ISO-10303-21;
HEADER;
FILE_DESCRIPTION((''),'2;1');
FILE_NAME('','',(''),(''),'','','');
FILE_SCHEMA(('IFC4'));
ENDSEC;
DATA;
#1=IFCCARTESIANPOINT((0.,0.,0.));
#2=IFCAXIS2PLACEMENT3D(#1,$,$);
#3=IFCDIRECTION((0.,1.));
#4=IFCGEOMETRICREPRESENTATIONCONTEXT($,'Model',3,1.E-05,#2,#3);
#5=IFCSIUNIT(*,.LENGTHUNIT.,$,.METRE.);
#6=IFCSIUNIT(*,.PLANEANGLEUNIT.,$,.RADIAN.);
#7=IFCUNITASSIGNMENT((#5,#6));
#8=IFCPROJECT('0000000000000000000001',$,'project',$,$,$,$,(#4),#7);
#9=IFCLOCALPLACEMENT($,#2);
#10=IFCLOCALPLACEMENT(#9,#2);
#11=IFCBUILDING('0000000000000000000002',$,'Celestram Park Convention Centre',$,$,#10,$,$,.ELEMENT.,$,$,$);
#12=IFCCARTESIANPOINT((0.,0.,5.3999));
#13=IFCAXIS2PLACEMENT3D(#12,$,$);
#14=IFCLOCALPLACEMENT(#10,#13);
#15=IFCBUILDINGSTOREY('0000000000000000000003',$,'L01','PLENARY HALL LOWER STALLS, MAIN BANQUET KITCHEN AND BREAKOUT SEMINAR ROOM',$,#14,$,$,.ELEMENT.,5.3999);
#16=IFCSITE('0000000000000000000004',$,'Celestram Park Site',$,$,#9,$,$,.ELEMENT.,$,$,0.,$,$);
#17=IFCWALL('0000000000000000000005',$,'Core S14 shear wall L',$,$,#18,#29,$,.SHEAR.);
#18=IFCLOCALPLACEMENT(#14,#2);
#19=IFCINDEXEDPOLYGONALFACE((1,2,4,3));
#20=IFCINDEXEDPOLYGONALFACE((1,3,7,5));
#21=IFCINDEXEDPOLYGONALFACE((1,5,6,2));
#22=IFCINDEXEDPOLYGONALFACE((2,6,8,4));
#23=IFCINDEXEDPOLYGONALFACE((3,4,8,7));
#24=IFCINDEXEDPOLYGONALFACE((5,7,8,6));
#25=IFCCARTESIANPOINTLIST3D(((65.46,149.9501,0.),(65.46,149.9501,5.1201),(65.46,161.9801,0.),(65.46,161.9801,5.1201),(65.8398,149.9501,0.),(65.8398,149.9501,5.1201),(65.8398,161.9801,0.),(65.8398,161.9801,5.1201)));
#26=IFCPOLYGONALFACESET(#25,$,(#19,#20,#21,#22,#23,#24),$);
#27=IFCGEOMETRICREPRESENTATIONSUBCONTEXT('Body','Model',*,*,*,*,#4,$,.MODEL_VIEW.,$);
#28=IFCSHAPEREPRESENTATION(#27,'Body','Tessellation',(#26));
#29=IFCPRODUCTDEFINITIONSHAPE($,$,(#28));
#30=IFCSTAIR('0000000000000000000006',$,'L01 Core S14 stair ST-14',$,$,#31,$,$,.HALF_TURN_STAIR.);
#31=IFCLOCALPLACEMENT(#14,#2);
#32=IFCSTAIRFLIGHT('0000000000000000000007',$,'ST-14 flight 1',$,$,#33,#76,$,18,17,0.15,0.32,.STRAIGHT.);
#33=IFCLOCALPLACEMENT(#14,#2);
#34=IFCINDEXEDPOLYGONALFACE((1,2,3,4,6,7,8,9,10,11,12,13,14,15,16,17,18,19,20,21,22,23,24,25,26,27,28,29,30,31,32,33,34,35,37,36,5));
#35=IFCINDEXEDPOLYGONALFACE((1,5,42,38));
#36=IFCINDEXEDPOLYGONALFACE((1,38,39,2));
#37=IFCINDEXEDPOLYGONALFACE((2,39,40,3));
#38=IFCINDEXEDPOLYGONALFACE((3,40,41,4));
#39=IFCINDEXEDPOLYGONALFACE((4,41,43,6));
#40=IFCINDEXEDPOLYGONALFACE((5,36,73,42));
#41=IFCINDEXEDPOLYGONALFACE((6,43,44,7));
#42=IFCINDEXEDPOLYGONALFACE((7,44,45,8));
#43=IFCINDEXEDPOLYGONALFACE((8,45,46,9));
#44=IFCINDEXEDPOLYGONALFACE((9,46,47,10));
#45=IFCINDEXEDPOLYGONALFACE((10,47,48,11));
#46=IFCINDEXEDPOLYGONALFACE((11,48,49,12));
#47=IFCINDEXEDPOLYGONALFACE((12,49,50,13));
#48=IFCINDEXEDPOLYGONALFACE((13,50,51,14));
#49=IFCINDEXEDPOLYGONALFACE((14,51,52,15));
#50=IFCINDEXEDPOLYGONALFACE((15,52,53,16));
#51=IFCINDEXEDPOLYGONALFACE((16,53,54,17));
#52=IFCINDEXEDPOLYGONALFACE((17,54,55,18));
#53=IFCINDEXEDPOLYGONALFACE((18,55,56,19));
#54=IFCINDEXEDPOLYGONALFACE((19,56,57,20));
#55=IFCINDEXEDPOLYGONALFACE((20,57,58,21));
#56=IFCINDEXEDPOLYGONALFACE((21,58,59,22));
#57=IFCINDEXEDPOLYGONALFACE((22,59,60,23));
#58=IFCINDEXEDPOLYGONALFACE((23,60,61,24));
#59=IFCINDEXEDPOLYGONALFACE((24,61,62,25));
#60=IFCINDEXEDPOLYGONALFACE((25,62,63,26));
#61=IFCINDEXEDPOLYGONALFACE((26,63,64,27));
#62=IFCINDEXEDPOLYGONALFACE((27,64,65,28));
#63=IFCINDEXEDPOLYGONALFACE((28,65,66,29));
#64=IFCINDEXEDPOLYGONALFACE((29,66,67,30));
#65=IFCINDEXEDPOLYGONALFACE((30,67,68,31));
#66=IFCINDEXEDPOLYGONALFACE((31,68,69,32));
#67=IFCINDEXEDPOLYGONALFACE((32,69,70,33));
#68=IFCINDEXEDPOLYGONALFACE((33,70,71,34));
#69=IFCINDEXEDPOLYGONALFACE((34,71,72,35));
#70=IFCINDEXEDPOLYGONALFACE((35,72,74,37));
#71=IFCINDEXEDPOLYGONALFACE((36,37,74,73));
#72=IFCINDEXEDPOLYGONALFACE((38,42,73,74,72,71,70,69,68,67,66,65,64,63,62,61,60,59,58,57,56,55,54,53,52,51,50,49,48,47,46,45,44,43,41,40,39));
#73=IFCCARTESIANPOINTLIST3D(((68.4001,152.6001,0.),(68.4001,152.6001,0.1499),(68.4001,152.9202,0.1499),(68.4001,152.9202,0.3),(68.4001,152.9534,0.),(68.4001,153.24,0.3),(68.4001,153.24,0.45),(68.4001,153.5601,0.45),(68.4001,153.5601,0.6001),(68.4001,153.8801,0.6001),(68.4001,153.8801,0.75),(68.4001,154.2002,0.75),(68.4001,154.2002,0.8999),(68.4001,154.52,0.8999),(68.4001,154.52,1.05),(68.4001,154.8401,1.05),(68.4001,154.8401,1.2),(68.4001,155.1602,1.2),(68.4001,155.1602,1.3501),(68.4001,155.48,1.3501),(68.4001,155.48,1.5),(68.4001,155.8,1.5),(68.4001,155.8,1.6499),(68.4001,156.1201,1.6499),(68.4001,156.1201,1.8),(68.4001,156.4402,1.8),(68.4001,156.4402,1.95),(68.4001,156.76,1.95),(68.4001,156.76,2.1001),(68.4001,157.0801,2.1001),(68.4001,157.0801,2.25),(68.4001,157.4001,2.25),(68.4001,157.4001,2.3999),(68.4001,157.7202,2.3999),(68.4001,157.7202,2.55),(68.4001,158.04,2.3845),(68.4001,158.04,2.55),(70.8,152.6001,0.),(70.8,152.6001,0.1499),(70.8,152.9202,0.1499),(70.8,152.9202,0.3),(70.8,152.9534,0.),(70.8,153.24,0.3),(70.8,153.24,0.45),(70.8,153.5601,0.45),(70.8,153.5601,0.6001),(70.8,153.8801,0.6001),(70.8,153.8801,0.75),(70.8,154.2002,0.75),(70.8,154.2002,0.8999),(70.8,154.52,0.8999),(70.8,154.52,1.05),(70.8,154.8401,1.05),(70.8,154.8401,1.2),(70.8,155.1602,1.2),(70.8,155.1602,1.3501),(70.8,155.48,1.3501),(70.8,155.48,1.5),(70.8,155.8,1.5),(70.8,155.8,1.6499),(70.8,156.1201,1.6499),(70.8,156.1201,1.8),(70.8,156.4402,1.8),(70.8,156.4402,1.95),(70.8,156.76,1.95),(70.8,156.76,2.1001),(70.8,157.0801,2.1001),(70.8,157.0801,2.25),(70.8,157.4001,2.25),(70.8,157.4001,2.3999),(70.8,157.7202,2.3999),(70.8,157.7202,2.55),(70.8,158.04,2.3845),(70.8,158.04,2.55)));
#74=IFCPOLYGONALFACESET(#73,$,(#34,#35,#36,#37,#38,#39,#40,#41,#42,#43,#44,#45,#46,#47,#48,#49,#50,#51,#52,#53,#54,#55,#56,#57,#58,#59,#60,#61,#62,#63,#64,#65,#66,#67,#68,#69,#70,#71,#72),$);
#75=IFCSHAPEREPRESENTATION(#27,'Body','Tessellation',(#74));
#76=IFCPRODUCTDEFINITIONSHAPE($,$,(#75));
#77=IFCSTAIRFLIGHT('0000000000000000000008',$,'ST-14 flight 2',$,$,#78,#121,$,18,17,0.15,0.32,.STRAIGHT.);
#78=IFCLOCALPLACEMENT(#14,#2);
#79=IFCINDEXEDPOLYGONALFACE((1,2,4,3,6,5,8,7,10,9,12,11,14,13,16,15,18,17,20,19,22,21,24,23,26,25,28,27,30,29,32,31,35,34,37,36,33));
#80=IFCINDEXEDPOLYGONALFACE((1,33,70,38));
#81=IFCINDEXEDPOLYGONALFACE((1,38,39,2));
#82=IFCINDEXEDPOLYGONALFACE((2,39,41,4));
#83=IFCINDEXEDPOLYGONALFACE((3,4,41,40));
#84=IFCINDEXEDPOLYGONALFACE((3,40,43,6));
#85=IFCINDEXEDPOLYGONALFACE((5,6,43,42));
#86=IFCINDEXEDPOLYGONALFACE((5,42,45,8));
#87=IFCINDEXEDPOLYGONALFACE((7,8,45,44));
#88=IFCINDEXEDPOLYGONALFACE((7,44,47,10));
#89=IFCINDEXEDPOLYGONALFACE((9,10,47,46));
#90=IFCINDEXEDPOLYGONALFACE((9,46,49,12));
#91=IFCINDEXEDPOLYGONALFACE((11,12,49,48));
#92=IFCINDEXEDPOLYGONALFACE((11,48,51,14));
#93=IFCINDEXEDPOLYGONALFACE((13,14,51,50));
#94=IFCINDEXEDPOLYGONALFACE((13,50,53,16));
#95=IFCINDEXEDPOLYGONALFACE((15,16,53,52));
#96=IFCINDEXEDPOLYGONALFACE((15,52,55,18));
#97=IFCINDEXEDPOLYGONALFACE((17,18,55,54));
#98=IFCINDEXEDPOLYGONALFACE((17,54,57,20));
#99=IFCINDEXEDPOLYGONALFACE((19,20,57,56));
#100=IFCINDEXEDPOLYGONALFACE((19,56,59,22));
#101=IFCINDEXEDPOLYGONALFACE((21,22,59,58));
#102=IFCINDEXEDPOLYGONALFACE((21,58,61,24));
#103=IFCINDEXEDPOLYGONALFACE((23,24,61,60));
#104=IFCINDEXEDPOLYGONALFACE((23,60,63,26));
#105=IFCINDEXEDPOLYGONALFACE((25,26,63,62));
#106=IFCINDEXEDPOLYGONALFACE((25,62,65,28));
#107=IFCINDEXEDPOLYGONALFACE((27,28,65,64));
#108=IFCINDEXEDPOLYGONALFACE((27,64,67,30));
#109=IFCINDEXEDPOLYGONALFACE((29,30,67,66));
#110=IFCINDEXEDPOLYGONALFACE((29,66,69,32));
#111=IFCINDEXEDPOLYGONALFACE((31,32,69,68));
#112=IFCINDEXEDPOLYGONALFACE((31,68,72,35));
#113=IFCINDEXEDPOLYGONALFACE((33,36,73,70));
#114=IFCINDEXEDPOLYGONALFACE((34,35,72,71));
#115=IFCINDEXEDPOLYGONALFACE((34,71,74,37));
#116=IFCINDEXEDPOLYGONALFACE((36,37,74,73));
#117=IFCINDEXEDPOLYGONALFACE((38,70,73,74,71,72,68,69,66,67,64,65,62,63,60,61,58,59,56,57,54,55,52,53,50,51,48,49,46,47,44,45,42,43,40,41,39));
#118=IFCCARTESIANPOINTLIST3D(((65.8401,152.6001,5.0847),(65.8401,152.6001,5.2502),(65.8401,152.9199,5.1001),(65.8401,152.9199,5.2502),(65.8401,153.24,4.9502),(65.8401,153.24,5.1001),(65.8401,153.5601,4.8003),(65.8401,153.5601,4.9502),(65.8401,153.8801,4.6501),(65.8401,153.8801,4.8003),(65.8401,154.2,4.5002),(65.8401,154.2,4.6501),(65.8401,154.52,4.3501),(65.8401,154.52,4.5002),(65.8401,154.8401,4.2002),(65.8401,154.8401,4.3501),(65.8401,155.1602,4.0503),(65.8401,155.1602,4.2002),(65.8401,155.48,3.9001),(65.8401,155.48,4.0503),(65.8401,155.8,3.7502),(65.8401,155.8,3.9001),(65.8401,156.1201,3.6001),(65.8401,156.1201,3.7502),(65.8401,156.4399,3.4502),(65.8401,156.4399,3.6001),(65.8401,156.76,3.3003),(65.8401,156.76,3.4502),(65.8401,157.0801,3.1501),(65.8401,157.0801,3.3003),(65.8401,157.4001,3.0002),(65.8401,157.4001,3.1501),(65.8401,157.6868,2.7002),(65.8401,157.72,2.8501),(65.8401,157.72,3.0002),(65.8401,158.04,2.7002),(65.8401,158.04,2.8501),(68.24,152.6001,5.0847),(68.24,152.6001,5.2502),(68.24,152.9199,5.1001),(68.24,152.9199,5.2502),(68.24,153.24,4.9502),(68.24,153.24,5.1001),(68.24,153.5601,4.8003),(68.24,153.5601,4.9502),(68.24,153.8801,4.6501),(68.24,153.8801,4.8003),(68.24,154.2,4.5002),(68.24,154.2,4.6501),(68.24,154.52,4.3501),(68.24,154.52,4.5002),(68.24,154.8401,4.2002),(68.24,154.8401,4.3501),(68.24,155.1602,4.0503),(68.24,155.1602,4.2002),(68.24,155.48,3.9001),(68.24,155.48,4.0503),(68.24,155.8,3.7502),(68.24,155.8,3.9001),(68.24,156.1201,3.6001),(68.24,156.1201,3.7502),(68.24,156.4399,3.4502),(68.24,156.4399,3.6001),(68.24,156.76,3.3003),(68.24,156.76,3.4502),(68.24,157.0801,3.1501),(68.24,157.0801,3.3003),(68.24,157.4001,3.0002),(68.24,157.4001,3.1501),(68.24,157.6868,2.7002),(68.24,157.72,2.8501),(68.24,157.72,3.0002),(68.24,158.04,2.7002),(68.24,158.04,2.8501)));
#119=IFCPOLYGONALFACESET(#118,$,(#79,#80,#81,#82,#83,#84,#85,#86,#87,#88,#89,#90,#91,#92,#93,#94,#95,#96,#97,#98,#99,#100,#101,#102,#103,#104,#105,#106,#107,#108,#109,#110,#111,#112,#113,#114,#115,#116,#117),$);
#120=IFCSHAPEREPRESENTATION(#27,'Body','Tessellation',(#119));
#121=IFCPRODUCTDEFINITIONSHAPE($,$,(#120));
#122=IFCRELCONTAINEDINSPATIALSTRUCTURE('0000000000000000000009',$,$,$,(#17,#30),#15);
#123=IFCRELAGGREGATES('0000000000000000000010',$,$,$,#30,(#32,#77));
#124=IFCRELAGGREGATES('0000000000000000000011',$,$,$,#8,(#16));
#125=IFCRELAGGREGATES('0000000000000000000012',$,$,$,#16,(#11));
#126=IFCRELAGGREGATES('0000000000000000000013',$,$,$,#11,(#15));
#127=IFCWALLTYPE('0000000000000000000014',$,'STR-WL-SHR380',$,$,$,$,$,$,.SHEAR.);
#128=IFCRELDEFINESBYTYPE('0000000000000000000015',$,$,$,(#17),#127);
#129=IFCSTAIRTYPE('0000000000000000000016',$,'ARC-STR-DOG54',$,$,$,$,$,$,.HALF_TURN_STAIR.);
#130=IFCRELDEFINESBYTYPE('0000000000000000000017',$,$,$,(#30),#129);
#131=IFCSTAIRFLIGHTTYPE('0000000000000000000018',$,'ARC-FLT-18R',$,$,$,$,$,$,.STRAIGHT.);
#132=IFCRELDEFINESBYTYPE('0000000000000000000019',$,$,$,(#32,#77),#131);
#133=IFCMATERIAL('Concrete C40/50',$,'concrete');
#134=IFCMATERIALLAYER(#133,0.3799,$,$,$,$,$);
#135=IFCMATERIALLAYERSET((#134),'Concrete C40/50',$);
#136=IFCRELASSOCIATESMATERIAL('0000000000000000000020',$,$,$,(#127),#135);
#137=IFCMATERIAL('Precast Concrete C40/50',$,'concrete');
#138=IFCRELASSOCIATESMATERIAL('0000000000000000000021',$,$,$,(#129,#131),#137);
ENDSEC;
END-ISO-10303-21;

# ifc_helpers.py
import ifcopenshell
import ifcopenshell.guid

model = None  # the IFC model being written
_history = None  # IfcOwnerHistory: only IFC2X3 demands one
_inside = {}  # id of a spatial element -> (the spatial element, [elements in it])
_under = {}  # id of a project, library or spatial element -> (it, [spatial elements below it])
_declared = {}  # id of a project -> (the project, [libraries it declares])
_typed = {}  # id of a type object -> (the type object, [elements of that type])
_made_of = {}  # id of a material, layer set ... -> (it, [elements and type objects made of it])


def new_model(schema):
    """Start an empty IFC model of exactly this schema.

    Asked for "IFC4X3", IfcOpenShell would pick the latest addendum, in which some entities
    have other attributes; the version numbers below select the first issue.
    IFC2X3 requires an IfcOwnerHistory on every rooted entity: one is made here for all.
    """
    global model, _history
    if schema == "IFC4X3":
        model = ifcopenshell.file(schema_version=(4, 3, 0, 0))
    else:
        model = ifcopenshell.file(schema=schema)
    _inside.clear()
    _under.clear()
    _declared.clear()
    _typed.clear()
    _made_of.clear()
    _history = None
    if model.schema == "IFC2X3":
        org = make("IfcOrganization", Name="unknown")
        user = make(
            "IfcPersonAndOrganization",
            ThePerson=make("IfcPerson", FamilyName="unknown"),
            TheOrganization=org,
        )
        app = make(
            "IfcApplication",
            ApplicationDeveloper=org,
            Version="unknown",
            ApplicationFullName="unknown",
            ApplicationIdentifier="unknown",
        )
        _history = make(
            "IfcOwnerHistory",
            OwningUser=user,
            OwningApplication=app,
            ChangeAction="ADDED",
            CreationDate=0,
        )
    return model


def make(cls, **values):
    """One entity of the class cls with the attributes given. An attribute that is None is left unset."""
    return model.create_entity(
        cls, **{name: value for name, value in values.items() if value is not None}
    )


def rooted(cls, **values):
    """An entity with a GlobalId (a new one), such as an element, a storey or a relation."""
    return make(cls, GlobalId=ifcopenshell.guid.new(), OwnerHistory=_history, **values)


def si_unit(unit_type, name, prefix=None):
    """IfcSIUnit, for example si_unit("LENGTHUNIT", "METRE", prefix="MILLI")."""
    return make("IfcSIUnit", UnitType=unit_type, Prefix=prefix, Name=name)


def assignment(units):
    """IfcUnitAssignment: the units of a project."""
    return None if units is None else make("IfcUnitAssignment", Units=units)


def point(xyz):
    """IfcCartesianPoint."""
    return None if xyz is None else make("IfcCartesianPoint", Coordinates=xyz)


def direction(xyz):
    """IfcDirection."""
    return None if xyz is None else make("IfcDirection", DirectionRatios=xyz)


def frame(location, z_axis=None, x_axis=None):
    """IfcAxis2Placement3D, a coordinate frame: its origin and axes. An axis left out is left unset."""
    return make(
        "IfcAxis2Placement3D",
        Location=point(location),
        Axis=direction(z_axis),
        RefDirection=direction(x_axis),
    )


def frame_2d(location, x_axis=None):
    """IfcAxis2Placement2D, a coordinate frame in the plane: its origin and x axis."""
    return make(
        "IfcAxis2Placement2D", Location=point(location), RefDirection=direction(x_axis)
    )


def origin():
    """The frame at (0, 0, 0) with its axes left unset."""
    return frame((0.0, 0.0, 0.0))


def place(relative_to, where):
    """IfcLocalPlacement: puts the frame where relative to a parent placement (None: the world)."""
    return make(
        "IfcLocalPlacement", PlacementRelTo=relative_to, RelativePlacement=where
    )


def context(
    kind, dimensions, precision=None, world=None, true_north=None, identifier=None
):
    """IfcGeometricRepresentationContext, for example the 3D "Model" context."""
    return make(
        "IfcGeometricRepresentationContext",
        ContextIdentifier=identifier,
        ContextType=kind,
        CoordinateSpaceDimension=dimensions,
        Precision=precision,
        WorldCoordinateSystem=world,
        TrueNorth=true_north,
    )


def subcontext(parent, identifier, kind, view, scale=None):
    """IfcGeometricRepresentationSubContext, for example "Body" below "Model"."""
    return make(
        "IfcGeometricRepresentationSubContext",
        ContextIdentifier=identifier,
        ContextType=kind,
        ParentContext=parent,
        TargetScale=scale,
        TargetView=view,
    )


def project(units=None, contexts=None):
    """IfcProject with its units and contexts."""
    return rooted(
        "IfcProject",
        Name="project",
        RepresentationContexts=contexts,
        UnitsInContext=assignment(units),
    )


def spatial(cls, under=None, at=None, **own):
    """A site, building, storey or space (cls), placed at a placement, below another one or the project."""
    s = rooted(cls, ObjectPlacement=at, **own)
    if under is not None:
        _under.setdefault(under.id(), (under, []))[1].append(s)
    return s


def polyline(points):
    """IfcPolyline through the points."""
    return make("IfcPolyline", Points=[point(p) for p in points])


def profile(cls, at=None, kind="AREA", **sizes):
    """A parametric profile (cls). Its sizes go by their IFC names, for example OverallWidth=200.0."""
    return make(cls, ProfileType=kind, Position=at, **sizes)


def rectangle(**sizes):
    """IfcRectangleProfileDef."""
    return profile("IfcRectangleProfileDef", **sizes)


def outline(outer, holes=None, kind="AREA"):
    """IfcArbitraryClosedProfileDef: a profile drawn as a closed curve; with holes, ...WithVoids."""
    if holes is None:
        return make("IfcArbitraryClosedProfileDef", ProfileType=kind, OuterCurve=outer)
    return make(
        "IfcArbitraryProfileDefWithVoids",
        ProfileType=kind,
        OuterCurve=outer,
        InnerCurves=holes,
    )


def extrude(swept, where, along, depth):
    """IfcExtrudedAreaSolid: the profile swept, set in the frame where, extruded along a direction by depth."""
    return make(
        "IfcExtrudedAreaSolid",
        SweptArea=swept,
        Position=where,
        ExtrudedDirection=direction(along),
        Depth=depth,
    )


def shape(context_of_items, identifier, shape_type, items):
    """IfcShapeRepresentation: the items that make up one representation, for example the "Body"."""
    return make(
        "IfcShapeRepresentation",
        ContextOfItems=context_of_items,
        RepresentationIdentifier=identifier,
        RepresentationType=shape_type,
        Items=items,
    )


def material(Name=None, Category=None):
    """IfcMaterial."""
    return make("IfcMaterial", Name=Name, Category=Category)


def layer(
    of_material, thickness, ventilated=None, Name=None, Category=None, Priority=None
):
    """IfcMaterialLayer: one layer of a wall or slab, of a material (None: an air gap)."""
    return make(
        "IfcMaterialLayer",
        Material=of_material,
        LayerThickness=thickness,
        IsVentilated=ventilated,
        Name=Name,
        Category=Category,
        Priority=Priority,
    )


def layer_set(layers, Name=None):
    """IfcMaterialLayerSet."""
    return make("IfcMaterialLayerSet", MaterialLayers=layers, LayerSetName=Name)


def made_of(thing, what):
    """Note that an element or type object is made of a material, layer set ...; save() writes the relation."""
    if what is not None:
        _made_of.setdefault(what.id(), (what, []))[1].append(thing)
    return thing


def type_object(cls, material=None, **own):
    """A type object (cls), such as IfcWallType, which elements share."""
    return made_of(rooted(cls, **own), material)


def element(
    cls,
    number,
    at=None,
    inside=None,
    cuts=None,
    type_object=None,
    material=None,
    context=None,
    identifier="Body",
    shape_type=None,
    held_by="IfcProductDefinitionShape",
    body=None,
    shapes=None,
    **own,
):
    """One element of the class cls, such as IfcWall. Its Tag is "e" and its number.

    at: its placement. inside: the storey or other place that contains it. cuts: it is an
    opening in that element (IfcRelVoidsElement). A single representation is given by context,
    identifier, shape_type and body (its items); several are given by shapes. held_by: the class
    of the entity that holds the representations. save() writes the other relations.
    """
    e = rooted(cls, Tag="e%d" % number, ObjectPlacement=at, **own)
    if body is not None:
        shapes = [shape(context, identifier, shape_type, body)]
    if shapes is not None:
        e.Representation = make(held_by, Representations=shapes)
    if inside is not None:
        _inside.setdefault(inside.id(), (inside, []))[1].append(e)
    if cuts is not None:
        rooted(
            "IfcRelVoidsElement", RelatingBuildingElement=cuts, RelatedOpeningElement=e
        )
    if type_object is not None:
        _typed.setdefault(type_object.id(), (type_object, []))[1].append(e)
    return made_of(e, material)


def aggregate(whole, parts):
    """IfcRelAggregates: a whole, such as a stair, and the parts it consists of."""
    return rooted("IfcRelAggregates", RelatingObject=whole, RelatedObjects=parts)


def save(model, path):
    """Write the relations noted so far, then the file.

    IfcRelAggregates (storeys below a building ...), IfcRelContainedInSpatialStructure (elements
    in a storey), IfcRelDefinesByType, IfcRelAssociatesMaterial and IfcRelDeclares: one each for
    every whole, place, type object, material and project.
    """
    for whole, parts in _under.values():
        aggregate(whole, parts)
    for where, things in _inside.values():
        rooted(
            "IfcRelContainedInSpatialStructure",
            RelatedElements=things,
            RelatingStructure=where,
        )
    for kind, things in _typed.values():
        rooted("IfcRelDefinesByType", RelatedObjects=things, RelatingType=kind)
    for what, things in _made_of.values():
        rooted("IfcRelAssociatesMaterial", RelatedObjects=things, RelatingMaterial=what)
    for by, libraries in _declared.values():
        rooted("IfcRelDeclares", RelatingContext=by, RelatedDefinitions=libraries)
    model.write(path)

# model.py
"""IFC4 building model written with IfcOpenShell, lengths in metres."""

from ifc_helpers import new_model, si_unit, direction, frame, frame_2d, origin, place, context, subcontext, project, spatial, polyline, rectangle, outline, extrude, material, layer, layer_set, type_object, element, aggregate, save


model = new_model("IFC4")

# Units and contexts
model_context = context("Model", 3, precision=1e-05, world=origin(), true_north=direction((0.0, 1.0)))
body_context = subcontext(model_context, "Body", "Model", "MODEL_VIEW")
ifc_project = project(units=[si_unit("LENGTHUNIT", "METRE"), si_unit("PLANEANGLEUNIT", "RADIAN")], contexts=[model_context])

# Site, building, storey
site_placement = place(None, origin())
site = spatial("IfcSite", under=ifc_project, at=site_placement, Name="Celestram Park Site", CompositionType="ELEMENT", RefElevation=0.0)
building_placement = place(site_placement, origin())
building = spatial("IfcBuilding", under=site, at=building_placement, Name="Celestram Park Convention Centre", CompositionType="ELEMENT")
storey_placement = place(building_placement, frame((0.0, 0.0, 5.3999)))
storey = spatial("IfcBuildingStorey", under=building, at=storey_placement, Name="L01", Description="PLENARY HALL LOWER STALLS, MAIN BANQUET KITCHEN AND BREAKOUT SEMINAR ROOM", CompositionType="ELEMENT", Elevation=5.3999)

# Shared definitions
ifc_material_1 = material(Name="Concrete C40/50", Category="concrete")

# Wall
ifc_layer_1 = layer(ifc_material_1, 0.3799)
ifc_layer_set_1 = layer_set([ifc_layer_1], Name="Concrete C40/50")
wall_type_1 = type_object("IfcWallType", Name="STR-WL-SHR380", PredefinedType="SHEAR", material=ifc_layer_set_1)
wall_1_placement = place(storey_placement, frame((65.6499, 149.95, 0.0), z_axis=(0.0, 0.0, 1.0), x_axis=(0.0, 1.0, 0.0)))
element("IfcWall", 1, at=wall_1_placement, inside=storey, type_object=wall_type_1, Name="Core S14 shear wall L", PredefinedType="SHEAR", context=body_context, shape_type="SweptSolid", body=[
    extrude(rectangle(XDim=12.03, YDim=0.3799, at=frame_2d((6.0151, 0.0))), origin(), (0.0, 0.0, 1.0), 5.1201),
])

# Stair, stair flights
ifc_material_2 = material(Name="Precast Concrete C40/50", Category="concrete")
stair_type = type_object("IfcStairType", Name="ARC-STR-DOG54", PredefinedType="HALF_TURN_STAIR", material=ifc_material_2)
stair_placement = place(storey_placement, origin())
stair = element("IfcStair", 2, at=stair_placement, inside=storey, type_object=stair_type, Name="L01 Core S14 stair ST-14", PredefinedType="HALF_TURN_STAIR")
stair_flight_type = type_object("IfcStairFlightType", Name="ARC-FLT-18R", PredefinedType="STRAIGHT", material=ifc_material_2)
stair_flight_1_placement = place(storey_placement, frame((69.6001, 152.6001, 0.0), z_axis=(0.0, 0.0, 1.0), x_axis=(0.0, 1.0, 0.0)))
stair_flight_1 = element("IfcStairFlight", 3, at=stair_flight_1_placement, type_object=stair_flight_type, Name="ST-14 flight 1", NumberOfRisers=18, NumberOfTreads=17, PredefinedType="STRAIGHT", RiserHeight=0.15, TreadLength=0.32, context=body_context, shape_type="SweptSolid", body=[
    extrude(outline(polyline([(0.0, 0.0), (0.0, 0.1499), (0.3201, 0.1499), (0.3201, 0.3), (0.6399, 0.3), (0.6399, 0.45), (0.96, 0.45), (0.96, 0.6001), (1.28, 0.6001), (1.28, 0.75), (1.6001, 0.75), (1.6001, 0.8999), (1.9199, 0.8999), (1.9199, 1.05), (2.24, 1.05), (2.24, 1.2), (2.5601, 1.2), (2.5601, 1.3501), (2.8799, 1.3501), (2.8799, 1.5), (3.2, 1.5), (3.2, 1.6499), (3.52, 1.6499), (3.52, 1.8), (3.8401, 1.8), (3.8401, 1.95), (4.1599, 1.95), (4.1599, 2.1001), (4.48, 2.1001), (4.48, 2.25), (4.8, 2.25), (4.8, 2.3999), (5.1201, 2.3999), (5.1201, 2.55), (5.4399, 2.55), (5.4399, 2.7), (5.4399, 2.3845), (0.3533, 0.0), (0.0, 0.0)])), frame((0.0, 1.2, 0.0), z_axis=(0.0, -1.0, 0.0), x_axis=(1.0, 0.0, 0.0)), (0.0, 0.0, 1.0), 2.3999),
])
stair_flight_2_placement = place(storey_placement, frame((67.04, 158.04, 2.7002), z_axis=(0.0, 0.0, 1.0), x_axis=(0.0, -1.0, 0.0)))
stair_flight_2 = element("IfcStairFlight", 4, at=stair_flight_2_placement, type_object=stair_flight_type, Name="ST-14 flight 2", NumberOfRisers=18, NumberOfTreads=17, PredefinedType="STRAIGHT", RiserHeight=0.15, TreadLength=0.32, context=body_context, shape_type="SweptSolid", body=[
    extrude(outline(polyline([(0.0, 0.0), (0.0, 0.1499), (0.3201, 0.1499), (0.3201, 0.3), (0.6399, 0.3), (0.6399, 0.45), (0.96, 0.45), (0.96, 0.6001), (1.28, 0.6001), (1.28, 0.75), (1.6001, 0.75), (1.6001, 0.8999), (1.9199, 0.8999), (1.9199, 1.05), (2.24, 1.05), (2.24, 1.2), (2.5601, 1.2), (2.5601, 1.3501), (2.8799, 1.3501), (2.8799, 1.5), (3.2, 1.5), (3.2, 1.6499), (3.52, 1.6499), (3.52, 1.8), (3.8401, 1.8), (3.8401, 1.95), (4.1599, 1.95), (4.1599, 2.1001), (4.48, 2.1001), (4.48, 2.25), (4.8, 2.25), (4.8, 2.3999), (5.1201, 2.3999), (5.1201, 2.55), (5.4399, 2.55), (5.4399, 2.7), (5.4399, 2.3845), (0.3533, 0.0), (0.0, 0.0)])), frame((0.0, 1.2, 0.0), z_axis=(0.0, -1.0, 0.0), x_axis=(1.0, 0.0, 0.0)), (0.0, 0.0, 1.0), 2.3999),
])
aggregate(stair, [stair_flight_1, stair_flight_2])

save(model, "model.ifc")
